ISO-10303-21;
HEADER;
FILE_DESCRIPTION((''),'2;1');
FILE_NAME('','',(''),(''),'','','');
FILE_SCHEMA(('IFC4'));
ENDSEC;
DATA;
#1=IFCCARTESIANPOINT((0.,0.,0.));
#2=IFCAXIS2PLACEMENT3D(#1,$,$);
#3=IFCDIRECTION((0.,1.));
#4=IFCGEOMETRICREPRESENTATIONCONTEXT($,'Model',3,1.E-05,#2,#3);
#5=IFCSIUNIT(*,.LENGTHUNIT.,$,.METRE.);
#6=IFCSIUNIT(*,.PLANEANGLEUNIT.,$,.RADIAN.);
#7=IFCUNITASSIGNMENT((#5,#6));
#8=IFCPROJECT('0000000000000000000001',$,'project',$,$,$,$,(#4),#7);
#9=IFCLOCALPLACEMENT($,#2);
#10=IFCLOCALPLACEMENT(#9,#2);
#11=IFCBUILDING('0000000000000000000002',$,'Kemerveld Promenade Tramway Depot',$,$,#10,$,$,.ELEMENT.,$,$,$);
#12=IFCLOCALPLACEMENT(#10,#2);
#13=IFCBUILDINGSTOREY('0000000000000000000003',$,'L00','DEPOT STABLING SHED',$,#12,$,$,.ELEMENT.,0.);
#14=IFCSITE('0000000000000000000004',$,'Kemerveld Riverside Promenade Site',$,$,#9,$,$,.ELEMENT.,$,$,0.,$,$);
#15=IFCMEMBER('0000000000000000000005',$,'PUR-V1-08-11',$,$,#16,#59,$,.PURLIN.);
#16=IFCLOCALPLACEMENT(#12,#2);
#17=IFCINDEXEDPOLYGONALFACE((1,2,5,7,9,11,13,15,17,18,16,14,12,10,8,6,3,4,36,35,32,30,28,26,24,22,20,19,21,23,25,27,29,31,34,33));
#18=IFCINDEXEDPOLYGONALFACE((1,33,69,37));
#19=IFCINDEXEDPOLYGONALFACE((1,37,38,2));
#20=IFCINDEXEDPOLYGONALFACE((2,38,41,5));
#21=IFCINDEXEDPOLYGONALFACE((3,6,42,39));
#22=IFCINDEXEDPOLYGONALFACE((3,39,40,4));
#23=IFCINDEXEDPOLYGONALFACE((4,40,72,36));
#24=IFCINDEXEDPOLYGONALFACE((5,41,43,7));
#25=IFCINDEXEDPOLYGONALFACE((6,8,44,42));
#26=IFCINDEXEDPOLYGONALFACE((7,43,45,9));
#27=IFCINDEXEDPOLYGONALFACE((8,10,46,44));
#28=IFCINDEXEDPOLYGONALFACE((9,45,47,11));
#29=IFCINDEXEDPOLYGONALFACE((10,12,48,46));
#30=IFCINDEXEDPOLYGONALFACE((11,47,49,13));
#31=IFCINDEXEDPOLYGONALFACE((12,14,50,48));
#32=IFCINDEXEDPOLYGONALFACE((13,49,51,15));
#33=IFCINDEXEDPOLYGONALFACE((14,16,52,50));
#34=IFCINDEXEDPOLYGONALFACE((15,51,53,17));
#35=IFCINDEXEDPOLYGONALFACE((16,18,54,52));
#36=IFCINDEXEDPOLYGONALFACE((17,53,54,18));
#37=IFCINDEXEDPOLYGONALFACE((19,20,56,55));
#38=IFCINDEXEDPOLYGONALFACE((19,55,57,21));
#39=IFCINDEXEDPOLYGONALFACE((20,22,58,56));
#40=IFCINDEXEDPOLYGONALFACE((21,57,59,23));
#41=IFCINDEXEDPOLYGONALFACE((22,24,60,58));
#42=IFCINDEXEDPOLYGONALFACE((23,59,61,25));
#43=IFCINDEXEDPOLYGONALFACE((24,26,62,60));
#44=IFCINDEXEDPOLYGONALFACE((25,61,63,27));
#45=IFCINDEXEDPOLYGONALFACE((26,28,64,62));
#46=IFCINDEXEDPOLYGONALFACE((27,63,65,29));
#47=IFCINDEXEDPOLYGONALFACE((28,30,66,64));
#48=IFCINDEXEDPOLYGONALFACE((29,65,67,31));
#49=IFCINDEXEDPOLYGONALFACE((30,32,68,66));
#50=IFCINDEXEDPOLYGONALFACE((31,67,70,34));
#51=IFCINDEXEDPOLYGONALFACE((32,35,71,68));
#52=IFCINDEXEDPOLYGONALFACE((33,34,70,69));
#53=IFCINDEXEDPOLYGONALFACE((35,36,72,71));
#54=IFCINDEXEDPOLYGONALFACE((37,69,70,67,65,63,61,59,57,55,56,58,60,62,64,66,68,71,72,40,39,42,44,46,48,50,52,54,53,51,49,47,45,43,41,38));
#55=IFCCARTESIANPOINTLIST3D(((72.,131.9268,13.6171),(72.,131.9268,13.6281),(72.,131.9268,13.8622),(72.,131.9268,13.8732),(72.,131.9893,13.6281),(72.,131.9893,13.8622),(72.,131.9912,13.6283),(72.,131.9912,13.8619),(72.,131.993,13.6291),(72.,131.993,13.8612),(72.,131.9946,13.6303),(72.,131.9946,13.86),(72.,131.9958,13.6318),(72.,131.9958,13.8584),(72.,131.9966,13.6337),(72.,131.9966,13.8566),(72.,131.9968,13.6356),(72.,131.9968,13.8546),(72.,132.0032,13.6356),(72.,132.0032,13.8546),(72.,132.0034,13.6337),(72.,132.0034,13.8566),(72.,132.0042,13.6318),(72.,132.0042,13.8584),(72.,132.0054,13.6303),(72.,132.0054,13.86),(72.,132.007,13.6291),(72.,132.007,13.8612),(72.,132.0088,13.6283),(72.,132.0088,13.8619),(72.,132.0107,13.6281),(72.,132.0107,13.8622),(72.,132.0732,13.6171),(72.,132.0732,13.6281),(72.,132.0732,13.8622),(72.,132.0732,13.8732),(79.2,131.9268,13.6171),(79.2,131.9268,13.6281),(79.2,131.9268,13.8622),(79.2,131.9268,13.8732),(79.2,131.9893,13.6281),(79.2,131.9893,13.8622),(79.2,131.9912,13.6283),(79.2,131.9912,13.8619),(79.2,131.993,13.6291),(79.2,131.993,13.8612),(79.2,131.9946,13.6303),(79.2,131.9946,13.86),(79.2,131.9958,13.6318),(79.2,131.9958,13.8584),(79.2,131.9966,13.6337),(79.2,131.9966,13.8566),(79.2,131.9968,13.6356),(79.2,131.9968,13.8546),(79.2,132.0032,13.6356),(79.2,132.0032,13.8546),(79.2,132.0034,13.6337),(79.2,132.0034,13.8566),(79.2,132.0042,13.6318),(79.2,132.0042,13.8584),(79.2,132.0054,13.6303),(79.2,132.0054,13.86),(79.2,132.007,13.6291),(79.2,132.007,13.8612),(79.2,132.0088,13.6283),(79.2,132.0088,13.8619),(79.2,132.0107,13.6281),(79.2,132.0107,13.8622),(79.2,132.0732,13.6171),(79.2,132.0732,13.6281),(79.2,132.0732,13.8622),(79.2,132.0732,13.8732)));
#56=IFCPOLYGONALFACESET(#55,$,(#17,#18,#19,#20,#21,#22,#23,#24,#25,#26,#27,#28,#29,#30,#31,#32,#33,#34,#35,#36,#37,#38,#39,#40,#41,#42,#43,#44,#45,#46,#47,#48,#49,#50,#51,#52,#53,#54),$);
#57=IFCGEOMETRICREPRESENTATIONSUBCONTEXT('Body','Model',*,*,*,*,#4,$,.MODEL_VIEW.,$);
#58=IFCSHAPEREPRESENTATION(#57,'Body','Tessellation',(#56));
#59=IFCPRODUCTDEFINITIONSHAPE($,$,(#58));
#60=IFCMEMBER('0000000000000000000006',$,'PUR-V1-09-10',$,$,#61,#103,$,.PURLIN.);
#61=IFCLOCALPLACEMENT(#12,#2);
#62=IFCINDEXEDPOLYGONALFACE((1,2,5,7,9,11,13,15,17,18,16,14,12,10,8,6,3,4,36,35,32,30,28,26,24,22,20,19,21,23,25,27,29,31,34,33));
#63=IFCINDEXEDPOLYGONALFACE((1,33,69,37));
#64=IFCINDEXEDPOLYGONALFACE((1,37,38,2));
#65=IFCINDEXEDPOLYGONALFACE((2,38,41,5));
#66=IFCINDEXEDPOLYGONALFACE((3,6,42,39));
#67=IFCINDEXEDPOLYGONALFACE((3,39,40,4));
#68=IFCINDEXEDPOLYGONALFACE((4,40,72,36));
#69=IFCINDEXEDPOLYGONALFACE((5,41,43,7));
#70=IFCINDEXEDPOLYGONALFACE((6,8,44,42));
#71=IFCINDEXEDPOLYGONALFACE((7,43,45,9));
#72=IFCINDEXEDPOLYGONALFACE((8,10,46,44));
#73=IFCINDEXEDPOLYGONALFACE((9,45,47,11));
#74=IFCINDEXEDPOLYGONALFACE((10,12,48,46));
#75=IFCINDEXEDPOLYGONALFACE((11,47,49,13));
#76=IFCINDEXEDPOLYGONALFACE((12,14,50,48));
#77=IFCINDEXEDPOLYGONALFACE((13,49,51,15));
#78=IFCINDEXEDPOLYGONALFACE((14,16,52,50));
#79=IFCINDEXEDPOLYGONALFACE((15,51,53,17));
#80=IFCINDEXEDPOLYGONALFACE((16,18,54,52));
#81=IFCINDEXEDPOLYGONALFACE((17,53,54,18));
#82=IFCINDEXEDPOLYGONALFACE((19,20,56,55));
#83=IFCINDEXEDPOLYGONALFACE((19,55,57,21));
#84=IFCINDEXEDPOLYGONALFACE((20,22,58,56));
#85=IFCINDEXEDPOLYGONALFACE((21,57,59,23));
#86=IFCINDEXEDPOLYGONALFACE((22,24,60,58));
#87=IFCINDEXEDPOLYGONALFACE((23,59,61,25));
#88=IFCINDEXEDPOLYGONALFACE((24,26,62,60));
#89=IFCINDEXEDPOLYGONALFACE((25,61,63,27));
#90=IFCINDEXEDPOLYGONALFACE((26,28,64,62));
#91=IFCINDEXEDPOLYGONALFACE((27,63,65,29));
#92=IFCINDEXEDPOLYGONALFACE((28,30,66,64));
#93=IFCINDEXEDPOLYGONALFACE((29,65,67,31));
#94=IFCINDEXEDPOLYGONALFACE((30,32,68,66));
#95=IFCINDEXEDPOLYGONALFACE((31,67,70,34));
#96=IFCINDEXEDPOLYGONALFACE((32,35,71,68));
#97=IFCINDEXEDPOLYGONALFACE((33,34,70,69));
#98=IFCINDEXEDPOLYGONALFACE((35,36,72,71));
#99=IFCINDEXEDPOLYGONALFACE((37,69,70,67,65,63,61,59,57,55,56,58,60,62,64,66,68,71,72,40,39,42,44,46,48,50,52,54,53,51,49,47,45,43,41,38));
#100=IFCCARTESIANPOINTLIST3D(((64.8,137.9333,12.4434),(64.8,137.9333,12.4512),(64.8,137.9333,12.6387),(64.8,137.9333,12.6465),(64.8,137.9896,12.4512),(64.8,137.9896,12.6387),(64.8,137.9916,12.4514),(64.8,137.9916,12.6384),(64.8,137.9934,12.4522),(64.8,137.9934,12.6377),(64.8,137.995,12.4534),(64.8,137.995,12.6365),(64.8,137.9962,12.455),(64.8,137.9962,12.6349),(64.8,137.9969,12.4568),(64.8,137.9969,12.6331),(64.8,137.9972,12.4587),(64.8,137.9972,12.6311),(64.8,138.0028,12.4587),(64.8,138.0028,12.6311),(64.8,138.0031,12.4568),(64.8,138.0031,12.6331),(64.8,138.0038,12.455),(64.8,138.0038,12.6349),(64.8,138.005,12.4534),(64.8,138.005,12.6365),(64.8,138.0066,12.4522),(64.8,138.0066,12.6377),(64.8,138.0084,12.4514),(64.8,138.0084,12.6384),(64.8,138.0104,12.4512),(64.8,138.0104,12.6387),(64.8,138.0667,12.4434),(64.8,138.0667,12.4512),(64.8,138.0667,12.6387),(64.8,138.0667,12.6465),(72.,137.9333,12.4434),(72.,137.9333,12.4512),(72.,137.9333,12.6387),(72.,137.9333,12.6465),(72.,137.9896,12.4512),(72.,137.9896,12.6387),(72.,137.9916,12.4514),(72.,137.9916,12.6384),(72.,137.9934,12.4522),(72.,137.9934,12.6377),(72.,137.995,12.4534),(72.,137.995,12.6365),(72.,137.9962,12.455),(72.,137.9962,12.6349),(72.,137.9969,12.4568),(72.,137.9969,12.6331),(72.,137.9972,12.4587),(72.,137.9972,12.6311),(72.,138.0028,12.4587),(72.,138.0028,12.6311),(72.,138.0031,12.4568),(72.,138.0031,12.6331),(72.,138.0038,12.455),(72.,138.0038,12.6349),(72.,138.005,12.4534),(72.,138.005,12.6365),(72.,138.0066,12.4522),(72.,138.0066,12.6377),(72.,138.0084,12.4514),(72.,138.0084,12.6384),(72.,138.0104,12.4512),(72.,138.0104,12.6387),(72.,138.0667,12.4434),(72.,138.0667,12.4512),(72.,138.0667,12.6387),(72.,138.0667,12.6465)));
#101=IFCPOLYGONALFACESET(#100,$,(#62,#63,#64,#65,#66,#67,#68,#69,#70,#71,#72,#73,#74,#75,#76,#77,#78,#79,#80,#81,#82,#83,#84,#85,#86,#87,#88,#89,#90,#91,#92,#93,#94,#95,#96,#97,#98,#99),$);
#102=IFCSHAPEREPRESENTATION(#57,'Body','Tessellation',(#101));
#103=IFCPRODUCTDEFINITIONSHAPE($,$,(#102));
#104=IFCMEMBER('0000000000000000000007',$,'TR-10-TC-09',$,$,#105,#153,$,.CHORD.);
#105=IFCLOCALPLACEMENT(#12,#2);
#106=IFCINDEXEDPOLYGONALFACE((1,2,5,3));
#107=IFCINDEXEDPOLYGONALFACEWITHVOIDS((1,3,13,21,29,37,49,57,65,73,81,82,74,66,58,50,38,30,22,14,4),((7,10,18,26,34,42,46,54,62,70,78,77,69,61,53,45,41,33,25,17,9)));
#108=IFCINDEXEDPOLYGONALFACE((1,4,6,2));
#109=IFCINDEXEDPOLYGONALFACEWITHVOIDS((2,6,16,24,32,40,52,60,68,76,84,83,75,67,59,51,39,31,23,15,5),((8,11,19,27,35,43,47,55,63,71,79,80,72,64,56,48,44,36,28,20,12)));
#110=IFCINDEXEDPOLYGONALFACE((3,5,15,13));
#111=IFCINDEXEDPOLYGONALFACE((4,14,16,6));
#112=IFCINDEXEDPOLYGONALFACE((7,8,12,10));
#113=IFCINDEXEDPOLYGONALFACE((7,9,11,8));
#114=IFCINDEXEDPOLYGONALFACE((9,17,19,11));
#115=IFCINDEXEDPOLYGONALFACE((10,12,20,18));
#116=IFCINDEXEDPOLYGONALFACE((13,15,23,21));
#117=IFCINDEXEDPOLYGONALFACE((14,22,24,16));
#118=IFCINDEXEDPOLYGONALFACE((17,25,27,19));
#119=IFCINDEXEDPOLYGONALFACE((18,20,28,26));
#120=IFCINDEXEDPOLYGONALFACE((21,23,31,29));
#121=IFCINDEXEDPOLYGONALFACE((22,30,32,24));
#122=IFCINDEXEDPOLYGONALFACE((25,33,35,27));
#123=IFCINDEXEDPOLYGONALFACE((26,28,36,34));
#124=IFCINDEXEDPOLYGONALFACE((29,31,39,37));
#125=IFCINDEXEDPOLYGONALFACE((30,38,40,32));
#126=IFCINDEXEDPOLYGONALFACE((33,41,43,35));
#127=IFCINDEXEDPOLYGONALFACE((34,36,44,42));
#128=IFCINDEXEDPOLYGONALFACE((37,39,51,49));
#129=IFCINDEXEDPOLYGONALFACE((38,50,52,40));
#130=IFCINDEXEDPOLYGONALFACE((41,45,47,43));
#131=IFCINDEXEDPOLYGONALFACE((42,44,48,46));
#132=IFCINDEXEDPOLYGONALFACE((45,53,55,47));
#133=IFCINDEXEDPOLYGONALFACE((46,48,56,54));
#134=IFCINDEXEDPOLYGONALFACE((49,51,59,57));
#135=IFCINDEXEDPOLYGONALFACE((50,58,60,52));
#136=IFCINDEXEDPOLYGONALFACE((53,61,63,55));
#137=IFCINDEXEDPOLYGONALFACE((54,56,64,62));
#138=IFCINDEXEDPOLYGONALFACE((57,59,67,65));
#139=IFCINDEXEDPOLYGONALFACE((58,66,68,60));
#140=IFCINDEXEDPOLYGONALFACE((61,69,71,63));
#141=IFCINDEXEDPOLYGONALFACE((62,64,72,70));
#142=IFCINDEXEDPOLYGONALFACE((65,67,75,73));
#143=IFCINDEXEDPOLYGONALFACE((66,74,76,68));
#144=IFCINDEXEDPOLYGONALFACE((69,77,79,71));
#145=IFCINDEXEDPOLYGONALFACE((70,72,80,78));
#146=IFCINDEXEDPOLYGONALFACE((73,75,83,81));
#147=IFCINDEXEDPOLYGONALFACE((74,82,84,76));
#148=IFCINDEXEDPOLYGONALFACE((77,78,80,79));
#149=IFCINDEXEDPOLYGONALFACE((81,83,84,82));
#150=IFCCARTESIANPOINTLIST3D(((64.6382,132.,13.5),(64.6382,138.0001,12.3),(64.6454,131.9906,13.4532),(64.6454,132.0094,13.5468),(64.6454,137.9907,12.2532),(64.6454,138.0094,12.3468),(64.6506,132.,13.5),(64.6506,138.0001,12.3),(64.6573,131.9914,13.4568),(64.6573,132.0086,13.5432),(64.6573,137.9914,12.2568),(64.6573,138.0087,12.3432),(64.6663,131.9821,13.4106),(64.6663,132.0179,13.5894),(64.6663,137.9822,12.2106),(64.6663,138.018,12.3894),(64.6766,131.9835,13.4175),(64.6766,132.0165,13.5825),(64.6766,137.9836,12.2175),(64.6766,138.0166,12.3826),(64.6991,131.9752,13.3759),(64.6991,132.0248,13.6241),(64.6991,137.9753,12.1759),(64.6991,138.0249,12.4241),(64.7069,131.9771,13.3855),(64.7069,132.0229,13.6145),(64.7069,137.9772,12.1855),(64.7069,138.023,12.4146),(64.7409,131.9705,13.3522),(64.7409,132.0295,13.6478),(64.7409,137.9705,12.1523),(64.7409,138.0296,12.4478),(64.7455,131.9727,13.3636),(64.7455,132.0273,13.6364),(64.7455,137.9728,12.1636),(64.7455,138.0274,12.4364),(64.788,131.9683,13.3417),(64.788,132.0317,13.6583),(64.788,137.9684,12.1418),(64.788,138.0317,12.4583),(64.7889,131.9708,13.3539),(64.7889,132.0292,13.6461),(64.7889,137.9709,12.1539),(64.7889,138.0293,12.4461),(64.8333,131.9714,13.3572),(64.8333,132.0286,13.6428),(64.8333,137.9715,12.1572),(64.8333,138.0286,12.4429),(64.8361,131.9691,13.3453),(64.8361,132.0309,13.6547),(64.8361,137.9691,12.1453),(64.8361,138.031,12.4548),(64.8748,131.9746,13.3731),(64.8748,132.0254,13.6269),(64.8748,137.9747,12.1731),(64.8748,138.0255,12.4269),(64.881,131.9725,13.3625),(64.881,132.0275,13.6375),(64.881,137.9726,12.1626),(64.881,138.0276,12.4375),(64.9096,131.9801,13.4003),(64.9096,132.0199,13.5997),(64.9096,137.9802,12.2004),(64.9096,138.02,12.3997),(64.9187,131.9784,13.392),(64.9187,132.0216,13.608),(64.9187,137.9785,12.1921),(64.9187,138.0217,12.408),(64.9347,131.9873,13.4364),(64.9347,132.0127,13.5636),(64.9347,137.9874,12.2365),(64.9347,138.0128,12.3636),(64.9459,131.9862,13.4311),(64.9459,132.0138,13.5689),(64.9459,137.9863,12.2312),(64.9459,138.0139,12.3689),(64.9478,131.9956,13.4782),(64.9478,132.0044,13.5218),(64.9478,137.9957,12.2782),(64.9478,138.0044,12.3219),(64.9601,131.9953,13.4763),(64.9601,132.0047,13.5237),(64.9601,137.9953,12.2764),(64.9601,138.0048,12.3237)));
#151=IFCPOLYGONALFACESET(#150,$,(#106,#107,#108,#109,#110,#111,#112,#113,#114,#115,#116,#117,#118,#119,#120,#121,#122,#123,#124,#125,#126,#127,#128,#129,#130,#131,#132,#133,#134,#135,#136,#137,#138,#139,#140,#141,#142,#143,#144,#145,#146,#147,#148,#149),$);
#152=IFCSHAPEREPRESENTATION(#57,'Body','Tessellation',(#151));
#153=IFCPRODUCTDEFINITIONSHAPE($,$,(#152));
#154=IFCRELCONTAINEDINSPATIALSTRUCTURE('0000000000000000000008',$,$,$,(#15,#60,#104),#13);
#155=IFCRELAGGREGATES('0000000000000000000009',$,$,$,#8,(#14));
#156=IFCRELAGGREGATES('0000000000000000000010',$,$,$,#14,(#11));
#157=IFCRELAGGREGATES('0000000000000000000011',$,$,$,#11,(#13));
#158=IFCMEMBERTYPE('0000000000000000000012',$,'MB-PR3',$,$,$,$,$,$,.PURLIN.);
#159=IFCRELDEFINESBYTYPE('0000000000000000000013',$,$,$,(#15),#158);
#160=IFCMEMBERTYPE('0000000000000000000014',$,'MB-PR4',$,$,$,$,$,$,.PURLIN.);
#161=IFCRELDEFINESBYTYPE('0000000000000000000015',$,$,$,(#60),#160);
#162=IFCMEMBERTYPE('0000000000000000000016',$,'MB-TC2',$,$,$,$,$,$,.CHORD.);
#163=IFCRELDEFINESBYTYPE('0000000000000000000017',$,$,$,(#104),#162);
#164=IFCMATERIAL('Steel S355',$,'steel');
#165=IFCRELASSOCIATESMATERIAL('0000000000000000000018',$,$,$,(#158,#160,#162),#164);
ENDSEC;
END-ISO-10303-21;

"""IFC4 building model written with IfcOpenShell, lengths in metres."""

from ifc_helpers import new_model, si_unit, direction, frame, origin, origin_2d, place, context, subcontext, project, spatial, hollow_circle, i_section, extrude, material, material_profile, profile_set, type_object, element, save


model = new_model("IFC4")

# Units and contexts
model_context = context("Model", 3, precision=1e-05, world=origin(), true_north=direction((0.0, 1.0)))
body_context = subcontext(model_context, "Body", "Model", "MODEL_VIEW")
ifc_project = project(units=[si_unit("LENGTHUNIT", "METRE"), si_unit("PLANEANGLEUNIT", "RADIAN")], contexts=[model_context])

# Site, building, storey
site_placement = place(None, origin())
site = spatial("IfcSite", under=ifc_project, at=site_placement, Name="Kemerveld Riverside Promenade Site", CompositionType="ELEMENT", RefElevation=0.0)
building_placement = place(site_placement, origin())
building = spatial("IfcBuilding", under=site, at=building_placement, Name="Kemerveld Promenade Tramway Depot", CompositionType="ELEMENT")
storey_placement = place(building_placement, origin())
storey = spatial("IfcBuildingStorey", under=building, at=storey_placement, Name="L00", Description="DEPOT STABLING SHED", CompositionType="ELEMENT", Elevation=0.0)

# Members
ifc_material_1 = material(Name="Steel S355", Category="steel")
ifc_material_profile_1 = material_profile(ifc_material_1, i_section(OverallWidth=0.1465, OverallDepth=0.2561, WebThickness=0.0063, FlangeThickness=0.011, FilletRadius=0.0076, at=origin_2d()), Name="254x146x37 UB")
ifc_profile_set_1 = profile_set([ifc_material_profile_1], Name="Steel S355")
member_type_1 = type_object("IfcMemberType", Name="MB-PR3", PredefinedType="PURLIN", material=ifc_profile_set_1)
for number, where, z_axis, x_axis, name in (
    (1, (72.0, 132.0, 13.7451), (1.0, 0.0, 0.0), (0.0, 1.0, 0.0), "PUR-V1-08-11"),
):
    element("IfcMember", number, at=place(storey_placement, frame(where, z_axis=z_axis, x_axis=x_axis)), inside=storey, type_object=member_type_1, Name=name, PredefinedType="PURLIN", context=body_context, shape_type="SweptSolid", body=[
        extrude(i_section(OverallWidth=0.1465, OverallDepth=0.2561, WebThickness=0.0063, FlangeThickness=0.011, FilletRadius=0.0076, at=origin_2d()), origin(), (0.0, 0.0, 1.0), 7.2),
    ])
ifc_material_profile_2 = material_profile(ifc_material_1, i_section(OverallWidth=0.1333, OverallDepth=0.2031, WebThickness=0.0056, FlangeThickness=0.0078, FilletRadius=0.0076, at=origin_2d()), Name="203x133x25 UB")
ifc_profile_set_2 = profile_set([ifc_material_profile_2], Name="Steel S355")
member_type_2 = type_object("IfcMemberType", Name="MB-PR4", PredefinedType="PURLIN", material=ifc_profile_set_2)
member_1_placement = place(storey_placement, frame((64.8, 138.0, 12.5449), z_axis=(1.0, 0.0, 0.0), x_axis=(0.0, 1.0, 0.0)))
element("IfcMember", 2, at=member_1_placement, inside=storey, type_object=member_type_2, Name="PUR-V1-09-10", PredefinedType="PURLIN", context=body_context, shape_type="SweptSolid", body=[
    extrude(i_section(OverallWidth=0.1333, OverallDepth=0.2031, WebThickness=0.0056, FlangeThickness=0.0078, FilletRadius=0.0076, at=origin_2d()), origin(), (0.0, 0.0, 1.0), 7.2),
])
ifc_material_profile_3 = material_profile(ifc_material_1, hollow_circle(Radius=0.1619, WallThickness=0.0125, at=origin_2d()), Name="323.9x12.5 CHS")
ifc_profile_set_3 = profile_set([ifc_material_profile_3], Name="Steel S355")
member_type_3 = type_object("IfcMemberType", Name="MB-TC2", PredefinedType="CHORD", material=ifc_profile_set_3)
member_2_placement = place(storey_placement, frame((64.8, 132.0, 13.5), z_axis=(0.0, 0.980582, -0.196108), x_axis=(-1.0, 0.0, 0.0)))
element("IfcMember", 3, at=member_2_placement, inside=storey, type_object=member_type_3, Name="TR-10-TC-09", PredefinedType="CHORD", context=body_context, shape_type="SweptSolid", body=[
    extrude(hollow_circle(Radius=0.1619, WallThickness=0.0125, at=origin_2d()), origin(), (0.0, 0.0, 1.0), 6.1189),
])

save(model, "model.ifc")
